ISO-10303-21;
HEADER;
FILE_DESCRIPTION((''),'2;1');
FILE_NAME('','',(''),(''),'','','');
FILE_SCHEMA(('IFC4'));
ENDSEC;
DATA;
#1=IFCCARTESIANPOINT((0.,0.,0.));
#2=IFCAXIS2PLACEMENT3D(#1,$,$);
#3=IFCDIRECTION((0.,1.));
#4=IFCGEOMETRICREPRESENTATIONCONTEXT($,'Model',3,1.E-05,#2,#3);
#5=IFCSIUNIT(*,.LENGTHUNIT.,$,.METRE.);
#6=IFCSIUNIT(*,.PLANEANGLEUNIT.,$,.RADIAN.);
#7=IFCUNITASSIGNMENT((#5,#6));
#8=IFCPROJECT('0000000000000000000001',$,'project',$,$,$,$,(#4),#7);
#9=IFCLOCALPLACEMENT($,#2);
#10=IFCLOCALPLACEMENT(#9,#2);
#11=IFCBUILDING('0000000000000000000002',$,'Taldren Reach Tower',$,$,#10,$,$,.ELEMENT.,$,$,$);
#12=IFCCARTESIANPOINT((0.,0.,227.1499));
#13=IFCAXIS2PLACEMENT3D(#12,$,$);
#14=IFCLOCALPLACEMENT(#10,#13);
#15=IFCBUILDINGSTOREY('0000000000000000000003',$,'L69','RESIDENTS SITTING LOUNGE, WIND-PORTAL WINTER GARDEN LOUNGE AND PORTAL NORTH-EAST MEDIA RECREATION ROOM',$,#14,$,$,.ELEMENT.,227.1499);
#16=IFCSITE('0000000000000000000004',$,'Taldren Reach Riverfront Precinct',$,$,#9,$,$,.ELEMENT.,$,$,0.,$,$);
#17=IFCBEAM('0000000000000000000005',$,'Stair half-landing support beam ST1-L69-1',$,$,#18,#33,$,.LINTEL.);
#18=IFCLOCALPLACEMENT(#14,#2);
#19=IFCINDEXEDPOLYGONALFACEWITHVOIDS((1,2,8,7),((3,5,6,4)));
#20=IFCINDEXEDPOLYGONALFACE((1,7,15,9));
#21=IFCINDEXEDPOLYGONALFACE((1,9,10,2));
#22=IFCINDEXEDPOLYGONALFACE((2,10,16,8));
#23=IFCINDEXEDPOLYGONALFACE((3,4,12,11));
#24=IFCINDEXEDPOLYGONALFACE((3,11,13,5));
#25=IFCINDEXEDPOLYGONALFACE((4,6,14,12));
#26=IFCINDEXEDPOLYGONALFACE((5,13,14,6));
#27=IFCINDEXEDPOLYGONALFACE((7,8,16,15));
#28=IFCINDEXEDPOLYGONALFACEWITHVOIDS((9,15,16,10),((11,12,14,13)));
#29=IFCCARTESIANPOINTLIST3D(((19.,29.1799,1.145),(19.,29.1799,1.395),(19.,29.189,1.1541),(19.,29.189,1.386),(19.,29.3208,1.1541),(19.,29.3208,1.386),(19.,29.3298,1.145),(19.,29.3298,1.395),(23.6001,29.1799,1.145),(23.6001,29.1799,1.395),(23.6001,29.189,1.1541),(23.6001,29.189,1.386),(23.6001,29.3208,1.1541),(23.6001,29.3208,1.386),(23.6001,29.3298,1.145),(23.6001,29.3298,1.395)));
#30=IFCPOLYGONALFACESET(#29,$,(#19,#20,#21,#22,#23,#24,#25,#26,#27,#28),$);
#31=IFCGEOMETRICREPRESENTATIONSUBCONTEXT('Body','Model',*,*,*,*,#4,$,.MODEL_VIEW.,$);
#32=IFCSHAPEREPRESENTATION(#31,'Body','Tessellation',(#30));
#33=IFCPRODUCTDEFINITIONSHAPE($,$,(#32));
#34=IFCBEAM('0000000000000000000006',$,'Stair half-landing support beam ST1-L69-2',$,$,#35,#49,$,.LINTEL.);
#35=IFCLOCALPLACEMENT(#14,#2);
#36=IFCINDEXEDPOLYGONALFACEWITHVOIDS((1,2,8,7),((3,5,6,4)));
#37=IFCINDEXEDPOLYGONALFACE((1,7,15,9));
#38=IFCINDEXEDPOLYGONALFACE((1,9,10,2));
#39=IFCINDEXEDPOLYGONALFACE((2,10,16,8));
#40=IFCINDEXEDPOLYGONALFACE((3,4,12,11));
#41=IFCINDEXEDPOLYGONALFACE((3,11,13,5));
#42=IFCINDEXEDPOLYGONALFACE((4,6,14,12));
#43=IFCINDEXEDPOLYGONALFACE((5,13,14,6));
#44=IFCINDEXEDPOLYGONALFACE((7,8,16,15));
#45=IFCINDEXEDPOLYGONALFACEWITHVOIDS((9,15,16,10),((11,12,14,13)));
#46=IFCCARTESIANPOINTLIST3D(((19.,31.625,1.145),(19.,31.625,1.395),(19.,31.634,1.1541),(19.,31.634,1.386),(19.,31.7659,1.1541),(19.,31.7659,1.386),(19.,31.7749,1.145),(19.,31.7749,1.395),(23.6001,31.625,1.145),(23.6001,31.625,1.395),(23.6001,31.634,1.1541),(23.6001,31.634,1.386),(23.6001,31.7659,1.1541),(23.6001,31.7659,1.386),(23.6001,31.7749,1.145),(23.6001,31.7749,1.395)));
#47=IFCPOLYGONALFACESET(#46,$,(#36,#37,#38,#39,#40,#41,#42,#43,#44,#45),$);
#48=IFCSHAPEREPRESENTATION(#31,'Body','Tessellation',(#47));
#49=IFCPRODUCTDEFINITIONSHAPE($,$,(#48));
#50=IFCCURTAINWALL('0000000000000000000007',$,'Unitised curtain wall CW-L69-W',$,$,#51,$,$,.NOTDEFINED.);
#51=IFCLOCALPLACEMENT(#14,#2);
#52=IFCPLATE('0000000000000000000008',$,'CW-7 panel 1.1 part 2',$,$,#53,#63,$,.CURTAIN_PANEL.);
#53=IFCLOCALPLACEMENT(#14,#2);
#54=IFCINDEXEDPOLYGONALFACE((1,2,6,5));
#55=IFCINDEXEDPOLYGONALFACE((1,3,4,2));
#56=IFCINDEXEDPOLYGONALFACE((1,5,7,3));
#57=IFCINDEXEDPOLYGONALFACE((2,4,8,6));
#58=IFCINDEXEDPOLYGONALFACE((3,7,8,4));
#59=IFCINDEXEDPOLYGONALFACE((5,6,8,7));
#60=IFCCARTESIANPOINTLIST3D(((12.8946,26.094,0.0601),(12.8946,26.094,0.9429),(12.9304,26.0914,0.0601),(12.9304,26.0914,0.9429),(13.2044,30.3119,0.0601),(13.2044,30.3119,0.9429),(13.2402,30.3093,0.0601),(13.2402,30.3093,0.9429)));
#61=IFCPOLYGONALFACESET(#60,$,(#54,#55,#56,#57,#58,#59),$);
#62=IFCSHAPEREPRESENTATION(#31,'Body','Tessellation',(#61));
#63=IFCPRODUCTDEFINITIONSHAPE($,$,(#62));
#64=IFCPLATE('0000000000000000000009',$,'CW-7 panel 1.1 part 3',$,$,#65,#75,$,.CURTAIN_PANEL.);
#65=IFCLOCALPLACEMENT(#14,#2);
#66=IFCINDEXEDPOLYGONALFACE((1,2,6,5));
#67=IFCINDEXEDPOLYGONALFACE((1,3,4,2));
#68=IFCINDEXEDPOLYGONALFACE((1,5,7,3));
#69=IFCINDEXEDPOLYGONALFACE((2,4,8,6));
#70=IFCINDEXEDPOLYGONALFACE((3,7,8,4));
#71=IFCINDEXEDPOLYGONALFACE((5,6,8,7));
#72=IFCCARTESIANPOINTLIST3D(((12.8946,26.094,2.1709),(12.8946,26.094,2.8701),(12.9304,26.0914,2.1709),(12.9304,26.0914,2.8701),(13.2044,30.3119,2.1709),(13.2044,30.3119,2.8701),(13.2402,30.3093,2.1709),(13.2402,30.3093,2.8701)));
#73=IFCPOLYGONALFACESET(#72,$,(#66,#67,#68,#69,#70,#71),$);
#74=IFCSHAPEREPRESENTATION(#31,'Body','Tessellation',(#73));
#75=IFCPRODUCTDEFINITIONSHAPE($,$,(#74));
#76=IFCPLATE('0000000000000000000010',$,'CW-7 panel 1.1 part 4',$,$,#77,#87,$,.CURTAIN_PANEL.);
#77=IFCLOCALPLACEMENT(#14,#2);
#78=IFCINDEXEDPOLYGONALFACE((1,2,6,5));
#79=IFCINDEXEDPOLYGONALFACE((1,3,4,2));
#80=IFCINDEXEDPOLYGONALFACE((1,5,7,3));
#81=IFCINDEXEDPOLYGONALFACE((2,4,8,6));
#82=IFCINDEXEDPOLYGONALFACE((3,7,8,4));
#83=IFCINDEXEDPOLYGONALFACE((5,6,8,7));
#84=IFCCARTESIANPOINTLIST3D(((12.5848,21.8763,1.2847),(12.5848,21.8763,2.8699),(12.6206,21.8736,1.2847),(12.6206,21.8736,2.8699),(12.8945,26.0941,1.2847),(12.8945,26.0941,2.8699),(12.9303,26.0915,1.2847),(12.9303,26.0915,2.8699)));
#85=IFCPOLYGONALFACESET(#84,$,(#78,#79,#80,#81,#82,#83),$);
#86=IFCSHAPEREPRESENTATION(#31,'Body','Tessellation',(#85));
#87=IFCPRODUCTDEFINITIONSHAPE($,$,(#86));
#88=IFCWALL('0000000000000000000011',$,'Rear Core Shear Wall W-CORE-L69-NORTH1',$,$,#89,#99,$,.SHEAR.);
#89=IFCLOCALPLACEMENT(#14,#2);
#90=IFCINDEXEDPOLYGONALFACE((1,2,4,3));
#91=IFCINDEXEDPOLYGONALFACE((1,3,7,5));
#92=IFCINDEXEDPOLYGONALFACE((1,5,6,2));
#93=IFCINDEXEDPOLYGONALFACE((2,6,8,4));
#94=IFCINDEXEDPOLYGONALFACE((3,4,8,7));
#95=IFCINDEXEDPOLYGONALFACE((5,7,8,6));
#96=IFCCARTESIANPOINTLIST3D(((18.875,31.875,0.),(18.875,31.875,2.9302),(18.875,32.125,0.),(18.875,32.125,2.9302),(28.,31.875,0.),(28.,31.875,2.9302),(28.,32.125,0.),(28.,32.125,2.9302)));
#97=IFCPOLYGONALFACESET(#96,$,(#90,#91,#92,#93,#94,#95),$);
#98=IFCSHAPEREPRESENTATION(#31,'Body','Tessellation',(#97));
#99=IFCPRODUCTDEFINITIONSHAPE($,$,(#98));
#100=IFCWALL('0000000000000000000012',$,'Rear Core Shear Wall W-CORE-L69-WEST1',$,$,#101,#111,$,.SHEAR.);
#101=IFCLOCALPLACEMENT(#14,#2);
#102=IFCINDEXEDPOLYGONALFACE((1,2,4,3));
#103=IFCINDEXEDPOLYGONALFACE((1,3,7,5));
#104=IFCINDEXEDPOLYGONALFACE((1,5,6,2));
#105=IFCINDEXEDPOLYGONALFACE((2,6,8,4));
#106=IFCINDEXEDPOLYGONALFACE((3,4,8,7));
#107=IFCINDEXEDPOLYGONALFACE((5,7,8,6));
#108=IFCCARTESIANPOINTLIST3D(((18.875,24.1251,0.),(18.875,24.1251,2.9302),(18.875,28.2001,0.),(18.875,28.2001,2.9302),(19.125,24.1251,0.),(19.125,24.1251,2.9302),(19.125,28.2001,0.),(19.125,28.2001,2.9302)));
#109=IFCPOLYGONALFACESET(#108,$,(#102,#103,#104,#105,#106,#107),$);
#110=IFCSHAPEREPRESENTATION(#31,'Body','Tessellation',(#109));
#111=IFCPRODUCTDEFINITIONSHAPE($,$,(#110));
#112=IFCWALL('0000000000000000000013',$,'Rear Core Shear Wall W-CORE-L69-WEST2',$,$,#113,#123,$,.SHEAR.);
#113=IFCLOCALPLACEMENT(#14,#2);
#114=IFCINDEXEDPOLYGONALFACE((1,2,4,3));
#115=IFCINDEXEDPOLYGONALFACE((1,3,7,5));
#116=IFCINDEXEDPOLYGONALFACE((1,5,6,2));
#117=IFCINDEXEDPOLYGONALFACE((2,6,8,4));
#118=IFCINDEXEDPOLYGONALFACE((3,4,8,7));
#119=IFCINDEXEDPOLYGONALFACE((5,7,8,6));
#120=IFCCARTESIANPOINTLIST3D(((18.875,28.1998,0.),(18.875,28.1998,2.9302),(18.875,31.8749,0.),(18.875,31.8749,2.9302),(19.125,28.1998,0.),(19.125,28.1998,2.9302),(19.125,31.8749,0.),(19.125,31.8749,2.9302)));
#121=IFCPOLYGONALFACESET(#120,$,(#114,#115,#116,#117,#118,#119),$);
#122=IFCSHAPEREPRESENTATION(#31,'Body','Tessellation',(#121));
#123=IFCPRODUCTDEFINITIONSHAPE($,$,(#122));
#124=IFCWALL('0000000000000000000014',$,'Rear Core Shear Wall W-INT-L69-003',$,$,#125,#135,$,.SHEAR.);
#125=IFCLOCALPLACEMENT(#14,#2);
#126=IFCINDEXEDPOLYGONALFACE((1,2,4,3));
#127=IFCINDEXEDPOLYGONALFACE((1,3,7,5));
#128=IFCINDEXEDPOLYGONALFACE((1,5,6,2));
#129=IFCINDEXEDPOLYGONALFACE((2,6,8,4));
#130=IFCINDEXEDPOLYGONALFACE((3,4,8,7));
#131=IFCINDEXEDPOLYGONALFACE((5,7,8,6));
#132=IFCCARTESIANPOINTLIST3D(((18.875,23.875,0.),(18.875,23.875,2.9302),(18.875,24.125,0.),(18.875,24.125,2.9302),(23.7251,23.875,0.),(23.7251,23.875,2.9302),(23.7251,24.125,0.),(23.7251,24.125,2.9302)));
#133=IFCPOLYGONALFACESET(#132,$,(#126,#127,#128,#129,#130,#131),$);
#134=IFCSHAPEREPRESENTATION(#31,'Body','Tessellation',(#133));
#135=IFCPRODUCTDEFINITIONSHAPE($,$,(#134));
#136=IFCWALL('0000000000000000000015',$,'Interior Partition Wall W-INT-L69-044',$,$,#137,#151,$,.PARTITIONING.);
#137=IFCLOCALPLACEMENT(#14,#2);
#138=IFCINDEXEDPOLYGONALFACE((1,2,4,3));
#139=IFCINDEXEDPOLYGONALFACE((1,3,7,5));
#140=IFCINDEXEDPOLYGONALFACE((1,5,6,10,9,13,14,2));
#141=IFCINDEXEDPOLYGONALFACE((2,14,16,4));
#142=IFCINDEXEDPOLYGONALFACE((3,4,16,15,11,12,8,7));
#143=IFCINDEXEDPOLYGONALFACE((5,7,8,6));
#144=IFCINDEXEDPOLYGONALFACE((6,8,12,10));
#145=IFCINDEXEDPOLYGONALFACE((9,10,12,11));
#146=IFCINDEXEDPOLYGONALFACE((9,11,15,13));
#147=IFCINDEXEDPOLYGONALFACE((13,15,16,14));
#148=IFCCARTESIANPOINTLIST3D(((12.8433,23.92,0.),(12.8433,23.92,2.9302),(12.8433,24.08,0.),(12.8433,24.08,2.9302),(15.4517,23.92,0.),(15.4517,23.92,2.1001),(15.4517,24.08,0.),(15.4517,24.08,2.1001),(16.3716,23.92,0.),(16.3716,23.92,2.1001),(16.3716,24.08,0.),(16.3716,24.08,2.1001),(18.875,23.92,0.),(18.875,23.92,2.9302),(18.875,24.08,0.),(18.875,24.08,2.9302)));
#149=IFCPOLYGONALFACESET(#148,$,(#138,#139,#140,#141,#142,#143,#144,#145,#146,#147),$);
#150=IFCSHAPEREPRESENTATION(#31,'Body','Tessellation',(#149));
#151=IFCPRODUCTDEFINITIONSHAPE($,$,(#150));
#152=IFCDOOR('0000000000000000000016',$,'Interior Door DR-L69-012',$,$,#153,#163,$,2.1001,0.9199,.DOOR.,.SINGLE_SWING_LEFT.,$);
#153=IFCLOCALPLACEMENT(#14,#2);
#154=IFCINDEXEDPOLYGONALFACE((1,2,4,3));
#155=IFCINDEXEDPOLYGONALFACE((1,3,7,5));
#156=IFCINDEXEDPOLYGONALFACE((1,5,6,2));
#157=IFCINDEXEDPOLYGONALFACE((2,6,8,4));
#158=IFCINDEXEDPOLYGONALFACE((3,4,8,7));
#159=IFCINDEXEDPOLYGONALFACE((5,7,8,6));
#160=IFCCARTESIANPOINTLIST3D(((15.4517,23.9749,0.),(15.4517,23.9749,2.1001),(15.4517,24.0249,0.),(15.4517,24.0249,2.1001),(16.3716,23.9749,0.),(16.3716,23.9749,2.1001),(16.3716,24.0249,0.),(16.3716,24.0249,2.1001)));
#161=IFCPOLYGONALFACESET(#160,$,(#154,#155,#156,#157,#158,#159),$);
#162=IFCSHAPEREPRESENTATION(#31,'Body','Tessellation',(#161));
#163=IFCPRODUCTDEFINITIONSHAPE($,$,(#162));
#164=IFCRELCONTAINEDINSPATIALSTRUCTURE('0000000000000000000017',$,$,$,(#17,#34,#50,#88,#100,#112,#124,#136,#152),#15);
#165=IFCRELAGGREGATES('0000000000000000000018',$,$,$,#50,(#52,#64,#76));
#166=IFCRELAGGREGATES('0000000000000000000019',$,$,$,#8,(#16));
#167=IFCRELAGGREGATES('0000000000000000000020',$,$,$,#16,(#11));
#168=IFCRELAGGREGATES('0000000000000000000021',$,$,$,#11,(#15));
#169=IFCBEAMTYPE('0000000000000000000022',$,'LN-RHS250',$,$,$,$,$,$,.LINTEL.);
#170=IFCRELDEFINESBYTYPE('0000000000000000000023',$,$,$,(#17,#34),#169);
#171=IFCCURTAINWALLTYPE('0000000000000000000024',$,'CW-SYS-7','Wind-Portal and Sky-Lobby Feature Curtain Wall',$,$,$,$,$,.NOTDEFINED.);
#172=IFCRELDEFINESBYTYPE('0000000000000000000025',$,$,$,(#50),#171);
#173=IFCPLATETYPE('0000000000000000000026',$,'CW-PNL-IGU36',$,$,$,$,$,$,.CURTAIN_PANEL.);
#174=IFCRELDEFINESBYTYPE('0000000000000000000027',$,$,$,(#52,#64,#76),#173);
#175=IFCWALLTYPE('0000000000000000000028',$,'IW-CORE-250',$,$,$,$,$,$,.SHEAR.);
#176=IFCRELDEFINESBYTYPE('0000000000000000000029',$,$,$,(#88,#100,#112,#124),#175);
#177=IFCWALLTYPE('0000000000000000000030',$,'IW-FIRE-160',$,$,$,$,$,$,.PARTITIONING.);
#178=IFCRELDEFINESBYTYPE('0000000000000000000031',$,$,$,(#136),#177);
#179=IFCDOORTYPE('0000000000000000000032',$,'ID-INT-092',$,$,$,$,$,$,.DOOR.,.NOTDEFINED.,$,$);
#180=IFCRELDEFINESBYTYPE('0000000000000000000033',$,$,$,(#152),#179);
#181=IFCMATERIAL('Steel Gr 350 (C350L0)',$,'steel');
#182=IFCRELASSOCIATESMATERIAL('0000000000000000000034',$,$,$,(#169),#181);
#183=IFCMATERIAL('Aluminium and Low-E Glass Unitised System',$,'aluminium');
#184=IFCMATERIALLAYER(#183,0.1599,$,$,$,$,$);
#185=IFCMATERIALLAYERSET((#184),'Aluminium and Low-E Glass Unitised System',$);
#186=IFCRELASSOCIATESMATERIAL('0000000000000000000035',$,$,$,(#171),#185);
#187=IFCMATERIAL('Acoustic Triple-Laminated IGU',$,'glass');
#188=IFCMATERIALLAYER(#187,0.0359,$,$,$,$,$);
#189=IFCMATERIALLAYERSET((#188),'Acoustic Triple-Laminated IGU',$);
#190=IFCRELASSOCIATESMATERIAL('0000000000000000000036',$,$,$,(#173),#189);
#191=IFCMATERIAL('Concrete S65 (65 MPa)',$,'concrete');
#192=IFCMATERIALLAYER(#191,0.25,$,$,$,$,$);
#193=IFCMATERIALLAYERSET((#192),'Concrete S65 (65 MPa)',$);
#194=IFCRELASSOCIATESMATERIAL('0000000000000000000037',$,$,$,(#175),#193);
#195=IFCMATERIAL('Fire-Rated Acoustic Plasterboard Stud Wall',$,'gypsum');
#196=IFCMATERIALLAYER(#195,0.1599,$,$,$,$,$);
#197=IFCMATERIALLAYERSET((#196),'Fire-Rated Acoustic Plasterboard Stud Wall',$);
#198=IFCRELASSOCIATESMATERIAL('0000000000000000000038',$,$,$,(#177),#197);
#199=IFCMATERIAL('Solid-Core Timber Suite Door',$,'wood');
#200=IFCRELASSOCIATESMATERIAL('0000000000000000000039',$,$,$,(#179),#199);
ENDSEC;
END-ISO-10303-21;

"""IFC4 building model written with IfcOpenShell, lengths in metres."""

from ifc_helpers import new_model, si_unit, direction, frame, frame_2d, origin, origin_2d, place, context, subcontext, project, spatial, rectangle, hollow_rectangle, extrude, source, transform, mapped, material, layer, layer_set, material_profile, profile_set, type_object, element, fill, aggregate, save


model = new_model("IFC4")

# Units and contexts
model_context = context("Model", 3, precision=1e-05, world=origin(), true_north=direction((0.0, 1.0)))
body_context = subcontext(model_context, "Body", "Model", "MODEL_VIEW")
ifc_project = project(units=[si_unit("LENGTHUNIT", "METRE"), si_unit("PLANEANGLEUNIT", "RADIAN")], contexts=[model_context])

# Site, building, storey
site_placement = place(None, origin())
site = spatial("IfcSite", under=ifc_project, at=site_placement, Name="Taldren Reach Riverfront Precinct", CompositionType="ELEMENT", RefElevation=0.0)
building_placement = place(site_placement, origin())
building = spatial("IfcBuilding", under=site, at=building_placement, Name="Taldren Reach Tower", CompositionType="ELEMENT")
storey_placement = place(building_placement, frame((0.0, 0.0, 227.1499)))
storey = spatial("IfcBuildingStorey", under=building, at=storey_placement, Name="L69", Description="RESIDENTS SITTING LOUNGE, WIND-PORTAL WINTER GARDEN LOUNGE AND PORTAL NORTH-EAST MEDIA RECREATION ROOM", CompositionType="ELEMENT", Elevation=227.1499)

# Beams
ifc_material_1 = material(Name="Steel Gr 350 (C350L0)", Category="steel")
ifc_material_profile_1 = material_profile(ifc_material_1, hollow_rectangle(XDim=0.1499, YDim=0.25, WallThickness=0.009, at=origin_2d()), Name="250x150x9.0RHS")
ifc_profile_set_1 = profile_set([ifc_material_profile_1], Name="Steel Gr 350 (C350L0)")
beam_type_1 = type_object("IfcBeamType", Name="LN-RHS250", PredefinedType="LINTEL", material=ifc_profile_set_1)
shared_shape_1 = source(origin(), body_context, "Body", "SweptSolid", [
    extrude(hollow_rectangle(XDim=0.1499, YDim=0.25, WallThickness=0.009, at=origin_2d()), origin(), (0.0, 0.0, 1.0), 4.6001),
])
for number, where, z_axis, x_axis, name in (
    (1, (19.0, 29.2549, 1.27), (1.0, 0.0, 0.0), (0.0, 1.0, 0.0), "Stair half-landing support beam ST1-L69-1"),
    (2, (19.0, 31.7, 1.27), (1.0, 0.0, 0.0), (0.0, 1.0, 0.0), "Stair half-landing support beam ST1-L69-2"),
):
    element("IfcBeam", number, at=place(storey_placement, frame(where, z_axis=z_axis, x_axis=x_axis)), inside=storey, type_object=beam_type_1, Name=name, PredefinedType="LINTEL", context=body_context, shape_type="MappedRepresentation", body=[
        mapped(shared_shape_1, transform((0.0, 0.0, 0.0), scale=1.0)),
    ])

# Curtain wall, plates
ifc_material_2 = material(Name="Aluminium and Low-E Glass Unitised System", Category="aluminium")
ifc_layer_1 = layer(ifc_material_2, 0.1599)
ifc_layer_set_1 = layer_set([ifc_layer_1], Name="Aluminium and Low-E Glass Unitised System")
curtain_wall_type = type_object("IfcCurtainWallType", Name="CW-SYS-7", Description="Wind-Portal and Sky-Lobby Feature Curtain Wall", PredefinedType="NOTDEFINED", material=ifc_layer_set_1)
curtain_wall_placement = place(storey_placement, origin())
curtain_wall = element("IfcCurtainWall", 3, at=curtain_wall_placement, inside=storey, type_object=curtain_wall_type, Name="Unitised curtain wall CW-L69-W", PredefinedType="NOTDEFINED")
ifc_material_3 = material(Name="Acoustic Triple-Laminated IGU", Category="glass")
ifc_layer_2 = layer(ifc_material_3, 0.0359)
ifc_layer_set_2 = layer_set([ifc_layer_2], Name="Acoustic Triple-Laminated IGU")
plate_type = type_object("IfcPlateType", Name="CW-PNL-IGU36", PredefinedType="CURTAIN_PANEL", material=ifc_layer_set_2)
shared_shape_2 = source(origin(), body_context, "Body", "SweptSolid", [
    extrude(rectangle(XDim=4.2292, YDim=0.0359, at=origin_2d()), origin(), (0.0, 0.0, 1.0), 0.8828),
])
plate_1_placement = place(storey_placement, frame((13.0674, 28.2017, 0.0601), z_axis=(0.0, 0.0, 1.0), x_axis=(-0.073238, -0.997314, 0.0)))
plate_1 = element("IfcPlate", 4, at=plate_1_placement, type_object=plate_type, Name="CW-7 panel 1.1 part 2", PredefinedType="CURTAIN_PANEL", context=body_context, shape_type="MappedRepresentation", body=[
    mapped(shared_shape_2, transform((0.0, 0.0, 0.0), scale=1.0)),
])
shared_shape_3 = source(origin(), body_context, "Body", "SweptSolid", [
    extrude(rectangle(XDim=4.2292, YDim=0.0359, at=origin_2d()), origin(), (0.0, 0.0, 1.0), 0.6992),
])
plate_2_placement = place(storey_placement, frame((13.0674, 28.2017, 2.1709), z_axis=(0.0, 0.0, 1.0), x_axis=(-0.073238, -0.997314, 0.0)))
plate_2 = element("IfcPlate", 5, at=plate_2_placement, type_object=plate_type, Name="CW-7 panel 1.1 part 3", PredefinedType="CURTAIN_PANEL", context=body_context, shape_type="MappedRepresentation", body=[
    mapped(shared_shape_3, transform((0.0, 0.0, 0.0), scale=1.0)),
])
shared_shape_4 = source(origin(), body_context, "Body", "SweptSolid", [
    extrude(rectangle(XDim=4.2292, YDim=0.0359, at=origin_2d()), origin(), (0.0, 0.0, 1.0), 1.5852),
])
plate_3_placement = place(storey_placement, frame((12.7576, 23.9839, 1.2847), z_axis=(0.0, 0.0, 1.0), x_axis=(-0.073238, -0.997314, 0.0)))
plate_3 = element("IfcPlate", 6, at=plate_3_placement, type_object=plate_type, Name="CW-7 panel 1.1 part 4", PredefinedType="CURTAIN_PANEL", context=body_context, shape_type="MappedRepresentation", body=[
    mapped(shared_shape_4, transform((0.0, 0.0, 0.0), scale=1.0)),
])
aggregate(curtain_wall, [plate_1, plate_2, plate_3])

# Walls
ifc_material_4 = material(Name="Concrete S65 (65 MPa)", Category="concrete")
ifc_layer_3 = layer(ifc_material_4, 0.25)
ifc_layer_set_3 = layer_set([ifc_layer_3], Name="Concrete S65 (65 MPa)")
wall_type_1 = type_object("IfcWallType", Name="IW-CORE-250", PredefinedType="SHEAR", material=ifc_layer_set_3)
shared_shape_5 = source(origin(), body_context, "Body", "SweptSolid", [
    extrude(rectangle(XDim=9.125, YDim=0.25, at=frame_2d((4.5625, 0.0))), origin(), (0.0, 0.0, 1.0), 2.9302),
])
wall_1_placement = place(storey_placement, frame((18.875, 32.0, 0.0), z_axis=(0.0, 0.0, 1.0), x_axis=(1.0, 0.0, 0.0)))
element("IfcWall", 7, at=wall_1_placement, inside=storey, type_object=wall_type_1, Name="Rear Core Shear Wall W-CORE-L69-NORTH1", PredefinedType="SHEAR", context=body_context, shape_type="MappedRepresentation", body=[
    mapped(shared_shape_5, transform((0.0, 0.0, 0.0), scale=1.0)),
])
shared_shape_6 = source(origin(), body_context, "Body", "SweptSolid", [
    extrude(rectangle(XDim=4.075, YDim=0.25, at=frame_2d((2.0376, 0.0))), origin(), (0.0, 0.0, 1.0), 2.9302),
])
wall_2_placement = place(storey_placement, frame((19.0, 24.125, 0.0), z_axis=(0.0, 0.0, 1.0), x_axis=(0.0, 1.0, 0.0)))
element("IfcWall", 8, at=wall_2_placement, inside=storey, type_object=wall_type_1, Name="Rear Core Shear Wall W-CORE-L69-WEST1", PredefinedType="SHEAR", context=body_context, shape_type="MappedRepresentation", body=[
    mapped(shared_shape_6, transform((0.0, 0.0, 0.0), scale=1.0)),
])
shared_shape_7 = source(origin(), body_context, "Body", "SweptSolid", [
    extrude(rectangle(XDim=3.675, YDim=0.25, at=frame_2d((1.8374, 0.0))), origin(), (0.0, 0.0, 1.0), 2.9302),
])
wall_3_placement = place(storey_placement, frame((19.0, 28.2, 0.0), z_axis=(0.0, 0.0, 1.0), x_axis=(0.0, 1.0, 0.0)))
element("IfcWall", 9, at=wall_3_placement, inside=storey, type_object=wall_type_1, Name="Rear Core Shear Wall W-CORE-L69-WEST2", PredefinedType="SHEAR", context=body_context, shape_type="MappedRepresentation", body=[
    mapped(shared_shape_7, transform((0.0, 0.0, 0.0), scale=1.0)),
])
shared_shape_8 = source(origin(), body_context, "Body", "SweptSolid", [
    extrude(rectangle(XDim=4.8501, YDim=0.25, at=frame_2d((2.425, 0.0))), origin(), (0.0, 0.0, 1.0), 2.9302),
])
wall_4_placement = place(storey_placement, frame((18.875, 24.0, 0.0), z_axis=(0.0, 0.0, 1.0), x_axis=(1.0, 0.0, 0.0)))
element("IfcWall", 10, at=wall_4_placement, inside=storey, type_object=wall_type_1, Name="Rear Core Shear Wall W-INT-L69-003", PredefinedType="SHEAR", context=body_context, shape_type="MappedRepresentation", body=[
    mapped(shared_shape_8, transform((0.0, 0.0, 0.0), scale=1.0)),
])

# Wall, opening, door
ifc_material_5 = material(Name="Fire-Rated Acoustic Plasterboard Stud Wall", Category="gypsum")
ifc_layer_4 = layer(ifc_material_5, 0.1599)
ifc_layer_set_4 = layer_set([ifc_layer_4], Name="Fire-Rated Acoustic Plasterboard Stud Wall")
wall_type_2 = type_object("IfcWallType", Name="IW-FIRE-160", PredefinedType="PARTITIONING", material=ifc_layer_set_4)
shared_shape_9 = source(origin(), body_context, "Body", "SweptSolid", [
    extrude(rectangle(XDim=6.0317, YDim=0.1599, at=frame_2d((3.0159, 0.0))), origin(), (0.0, 0.0, 1.0), 2.9302),
])
wall_5_placement = place(storey_placement, frame((12.8433, 24.0, 0.0), z_axis=(0.0, 0.0, 1.0), x_axis=(1.0, 0.0, 0.0)))
wall_5 = element("IfcWall", 11, at=wall_5_placement, inside=storey, type_object=wall_type_2, Name="Interior Partition Wall W-INT-L69-044", PredefinedType="PARTITIONING", context=body_context, shape_type="MappedRepresentation", body=[
    mapped(shared_shape_9, transform((0.0, 0.0, 0.0), scale=1.0)),
])
shared_shape_10 = source(origin(), body_context, "Body", "SweptSolid", [
    extrude(rectangle(XDim=0.9199, YDim=2.1001, at=frame_2d((0.46, 1.05))), frame((0.0, 0.0898, 0.0), z_axis=(0.0, -1.0, 0.0), x_axis=(1.0, 0.0, 0.0)), (0.0, 0.0, 1.0), 0.1799),
])
opening_placement = place(wall_5_placement, frame((2.6084, 0.0, 0.0)))
opening = element("IfcOpeningElement", 12, at=opening_placement, cuts=wall_5, PredefinedType="OPENING", context=body_context, shape_type="MappedRepresentation", body=[
    mapped(shared_shape_10, transform((0.0, 0.0, 0.0), scale=1.0)),
])
ifc_material_6 = material(Name="Solid-Core Timber Suite Door", Category="wood")
door_type = type_object("IfcDoorType", Name="ID-INT-092", OperationType="NOTDEFINED", PredefinedType="DOOR", material=ifc_material_6)
shared_shape_11 = source(origin(), body_context, "Body", "SweptSolid", [
    extrude(rectangle(XDim=0.9199, YDim=2.1001, at=frame_2d((0.46, 1.05))), frame((0.0, 0.0249, 0.0), z_axis=(0.0, -1.0, 0.0), x_axis=(1.0, 0.0, 0.0)), (0.0, 0.0, 1.0), 0.05),
])
door_placement = place(opening_placement, origin())
door = element("IfcDoor", 13, at=door_placement, inside=storey, type_object=door_type, Name="Interior Door DR-L69-012", OperationType="SINGLE_SWING_LEFT", OverallHeight=2.1001, OverallWidth=0.9199, PredefinedType="DOOR", context=body_context, shape_type="MappedRepresentation", body=[
    mapped(shared_shape_11, transform((0.0, 0.0, 0.0), scale=1.0)),
])
fill(opening, door)

save(model, "model.ifc")
